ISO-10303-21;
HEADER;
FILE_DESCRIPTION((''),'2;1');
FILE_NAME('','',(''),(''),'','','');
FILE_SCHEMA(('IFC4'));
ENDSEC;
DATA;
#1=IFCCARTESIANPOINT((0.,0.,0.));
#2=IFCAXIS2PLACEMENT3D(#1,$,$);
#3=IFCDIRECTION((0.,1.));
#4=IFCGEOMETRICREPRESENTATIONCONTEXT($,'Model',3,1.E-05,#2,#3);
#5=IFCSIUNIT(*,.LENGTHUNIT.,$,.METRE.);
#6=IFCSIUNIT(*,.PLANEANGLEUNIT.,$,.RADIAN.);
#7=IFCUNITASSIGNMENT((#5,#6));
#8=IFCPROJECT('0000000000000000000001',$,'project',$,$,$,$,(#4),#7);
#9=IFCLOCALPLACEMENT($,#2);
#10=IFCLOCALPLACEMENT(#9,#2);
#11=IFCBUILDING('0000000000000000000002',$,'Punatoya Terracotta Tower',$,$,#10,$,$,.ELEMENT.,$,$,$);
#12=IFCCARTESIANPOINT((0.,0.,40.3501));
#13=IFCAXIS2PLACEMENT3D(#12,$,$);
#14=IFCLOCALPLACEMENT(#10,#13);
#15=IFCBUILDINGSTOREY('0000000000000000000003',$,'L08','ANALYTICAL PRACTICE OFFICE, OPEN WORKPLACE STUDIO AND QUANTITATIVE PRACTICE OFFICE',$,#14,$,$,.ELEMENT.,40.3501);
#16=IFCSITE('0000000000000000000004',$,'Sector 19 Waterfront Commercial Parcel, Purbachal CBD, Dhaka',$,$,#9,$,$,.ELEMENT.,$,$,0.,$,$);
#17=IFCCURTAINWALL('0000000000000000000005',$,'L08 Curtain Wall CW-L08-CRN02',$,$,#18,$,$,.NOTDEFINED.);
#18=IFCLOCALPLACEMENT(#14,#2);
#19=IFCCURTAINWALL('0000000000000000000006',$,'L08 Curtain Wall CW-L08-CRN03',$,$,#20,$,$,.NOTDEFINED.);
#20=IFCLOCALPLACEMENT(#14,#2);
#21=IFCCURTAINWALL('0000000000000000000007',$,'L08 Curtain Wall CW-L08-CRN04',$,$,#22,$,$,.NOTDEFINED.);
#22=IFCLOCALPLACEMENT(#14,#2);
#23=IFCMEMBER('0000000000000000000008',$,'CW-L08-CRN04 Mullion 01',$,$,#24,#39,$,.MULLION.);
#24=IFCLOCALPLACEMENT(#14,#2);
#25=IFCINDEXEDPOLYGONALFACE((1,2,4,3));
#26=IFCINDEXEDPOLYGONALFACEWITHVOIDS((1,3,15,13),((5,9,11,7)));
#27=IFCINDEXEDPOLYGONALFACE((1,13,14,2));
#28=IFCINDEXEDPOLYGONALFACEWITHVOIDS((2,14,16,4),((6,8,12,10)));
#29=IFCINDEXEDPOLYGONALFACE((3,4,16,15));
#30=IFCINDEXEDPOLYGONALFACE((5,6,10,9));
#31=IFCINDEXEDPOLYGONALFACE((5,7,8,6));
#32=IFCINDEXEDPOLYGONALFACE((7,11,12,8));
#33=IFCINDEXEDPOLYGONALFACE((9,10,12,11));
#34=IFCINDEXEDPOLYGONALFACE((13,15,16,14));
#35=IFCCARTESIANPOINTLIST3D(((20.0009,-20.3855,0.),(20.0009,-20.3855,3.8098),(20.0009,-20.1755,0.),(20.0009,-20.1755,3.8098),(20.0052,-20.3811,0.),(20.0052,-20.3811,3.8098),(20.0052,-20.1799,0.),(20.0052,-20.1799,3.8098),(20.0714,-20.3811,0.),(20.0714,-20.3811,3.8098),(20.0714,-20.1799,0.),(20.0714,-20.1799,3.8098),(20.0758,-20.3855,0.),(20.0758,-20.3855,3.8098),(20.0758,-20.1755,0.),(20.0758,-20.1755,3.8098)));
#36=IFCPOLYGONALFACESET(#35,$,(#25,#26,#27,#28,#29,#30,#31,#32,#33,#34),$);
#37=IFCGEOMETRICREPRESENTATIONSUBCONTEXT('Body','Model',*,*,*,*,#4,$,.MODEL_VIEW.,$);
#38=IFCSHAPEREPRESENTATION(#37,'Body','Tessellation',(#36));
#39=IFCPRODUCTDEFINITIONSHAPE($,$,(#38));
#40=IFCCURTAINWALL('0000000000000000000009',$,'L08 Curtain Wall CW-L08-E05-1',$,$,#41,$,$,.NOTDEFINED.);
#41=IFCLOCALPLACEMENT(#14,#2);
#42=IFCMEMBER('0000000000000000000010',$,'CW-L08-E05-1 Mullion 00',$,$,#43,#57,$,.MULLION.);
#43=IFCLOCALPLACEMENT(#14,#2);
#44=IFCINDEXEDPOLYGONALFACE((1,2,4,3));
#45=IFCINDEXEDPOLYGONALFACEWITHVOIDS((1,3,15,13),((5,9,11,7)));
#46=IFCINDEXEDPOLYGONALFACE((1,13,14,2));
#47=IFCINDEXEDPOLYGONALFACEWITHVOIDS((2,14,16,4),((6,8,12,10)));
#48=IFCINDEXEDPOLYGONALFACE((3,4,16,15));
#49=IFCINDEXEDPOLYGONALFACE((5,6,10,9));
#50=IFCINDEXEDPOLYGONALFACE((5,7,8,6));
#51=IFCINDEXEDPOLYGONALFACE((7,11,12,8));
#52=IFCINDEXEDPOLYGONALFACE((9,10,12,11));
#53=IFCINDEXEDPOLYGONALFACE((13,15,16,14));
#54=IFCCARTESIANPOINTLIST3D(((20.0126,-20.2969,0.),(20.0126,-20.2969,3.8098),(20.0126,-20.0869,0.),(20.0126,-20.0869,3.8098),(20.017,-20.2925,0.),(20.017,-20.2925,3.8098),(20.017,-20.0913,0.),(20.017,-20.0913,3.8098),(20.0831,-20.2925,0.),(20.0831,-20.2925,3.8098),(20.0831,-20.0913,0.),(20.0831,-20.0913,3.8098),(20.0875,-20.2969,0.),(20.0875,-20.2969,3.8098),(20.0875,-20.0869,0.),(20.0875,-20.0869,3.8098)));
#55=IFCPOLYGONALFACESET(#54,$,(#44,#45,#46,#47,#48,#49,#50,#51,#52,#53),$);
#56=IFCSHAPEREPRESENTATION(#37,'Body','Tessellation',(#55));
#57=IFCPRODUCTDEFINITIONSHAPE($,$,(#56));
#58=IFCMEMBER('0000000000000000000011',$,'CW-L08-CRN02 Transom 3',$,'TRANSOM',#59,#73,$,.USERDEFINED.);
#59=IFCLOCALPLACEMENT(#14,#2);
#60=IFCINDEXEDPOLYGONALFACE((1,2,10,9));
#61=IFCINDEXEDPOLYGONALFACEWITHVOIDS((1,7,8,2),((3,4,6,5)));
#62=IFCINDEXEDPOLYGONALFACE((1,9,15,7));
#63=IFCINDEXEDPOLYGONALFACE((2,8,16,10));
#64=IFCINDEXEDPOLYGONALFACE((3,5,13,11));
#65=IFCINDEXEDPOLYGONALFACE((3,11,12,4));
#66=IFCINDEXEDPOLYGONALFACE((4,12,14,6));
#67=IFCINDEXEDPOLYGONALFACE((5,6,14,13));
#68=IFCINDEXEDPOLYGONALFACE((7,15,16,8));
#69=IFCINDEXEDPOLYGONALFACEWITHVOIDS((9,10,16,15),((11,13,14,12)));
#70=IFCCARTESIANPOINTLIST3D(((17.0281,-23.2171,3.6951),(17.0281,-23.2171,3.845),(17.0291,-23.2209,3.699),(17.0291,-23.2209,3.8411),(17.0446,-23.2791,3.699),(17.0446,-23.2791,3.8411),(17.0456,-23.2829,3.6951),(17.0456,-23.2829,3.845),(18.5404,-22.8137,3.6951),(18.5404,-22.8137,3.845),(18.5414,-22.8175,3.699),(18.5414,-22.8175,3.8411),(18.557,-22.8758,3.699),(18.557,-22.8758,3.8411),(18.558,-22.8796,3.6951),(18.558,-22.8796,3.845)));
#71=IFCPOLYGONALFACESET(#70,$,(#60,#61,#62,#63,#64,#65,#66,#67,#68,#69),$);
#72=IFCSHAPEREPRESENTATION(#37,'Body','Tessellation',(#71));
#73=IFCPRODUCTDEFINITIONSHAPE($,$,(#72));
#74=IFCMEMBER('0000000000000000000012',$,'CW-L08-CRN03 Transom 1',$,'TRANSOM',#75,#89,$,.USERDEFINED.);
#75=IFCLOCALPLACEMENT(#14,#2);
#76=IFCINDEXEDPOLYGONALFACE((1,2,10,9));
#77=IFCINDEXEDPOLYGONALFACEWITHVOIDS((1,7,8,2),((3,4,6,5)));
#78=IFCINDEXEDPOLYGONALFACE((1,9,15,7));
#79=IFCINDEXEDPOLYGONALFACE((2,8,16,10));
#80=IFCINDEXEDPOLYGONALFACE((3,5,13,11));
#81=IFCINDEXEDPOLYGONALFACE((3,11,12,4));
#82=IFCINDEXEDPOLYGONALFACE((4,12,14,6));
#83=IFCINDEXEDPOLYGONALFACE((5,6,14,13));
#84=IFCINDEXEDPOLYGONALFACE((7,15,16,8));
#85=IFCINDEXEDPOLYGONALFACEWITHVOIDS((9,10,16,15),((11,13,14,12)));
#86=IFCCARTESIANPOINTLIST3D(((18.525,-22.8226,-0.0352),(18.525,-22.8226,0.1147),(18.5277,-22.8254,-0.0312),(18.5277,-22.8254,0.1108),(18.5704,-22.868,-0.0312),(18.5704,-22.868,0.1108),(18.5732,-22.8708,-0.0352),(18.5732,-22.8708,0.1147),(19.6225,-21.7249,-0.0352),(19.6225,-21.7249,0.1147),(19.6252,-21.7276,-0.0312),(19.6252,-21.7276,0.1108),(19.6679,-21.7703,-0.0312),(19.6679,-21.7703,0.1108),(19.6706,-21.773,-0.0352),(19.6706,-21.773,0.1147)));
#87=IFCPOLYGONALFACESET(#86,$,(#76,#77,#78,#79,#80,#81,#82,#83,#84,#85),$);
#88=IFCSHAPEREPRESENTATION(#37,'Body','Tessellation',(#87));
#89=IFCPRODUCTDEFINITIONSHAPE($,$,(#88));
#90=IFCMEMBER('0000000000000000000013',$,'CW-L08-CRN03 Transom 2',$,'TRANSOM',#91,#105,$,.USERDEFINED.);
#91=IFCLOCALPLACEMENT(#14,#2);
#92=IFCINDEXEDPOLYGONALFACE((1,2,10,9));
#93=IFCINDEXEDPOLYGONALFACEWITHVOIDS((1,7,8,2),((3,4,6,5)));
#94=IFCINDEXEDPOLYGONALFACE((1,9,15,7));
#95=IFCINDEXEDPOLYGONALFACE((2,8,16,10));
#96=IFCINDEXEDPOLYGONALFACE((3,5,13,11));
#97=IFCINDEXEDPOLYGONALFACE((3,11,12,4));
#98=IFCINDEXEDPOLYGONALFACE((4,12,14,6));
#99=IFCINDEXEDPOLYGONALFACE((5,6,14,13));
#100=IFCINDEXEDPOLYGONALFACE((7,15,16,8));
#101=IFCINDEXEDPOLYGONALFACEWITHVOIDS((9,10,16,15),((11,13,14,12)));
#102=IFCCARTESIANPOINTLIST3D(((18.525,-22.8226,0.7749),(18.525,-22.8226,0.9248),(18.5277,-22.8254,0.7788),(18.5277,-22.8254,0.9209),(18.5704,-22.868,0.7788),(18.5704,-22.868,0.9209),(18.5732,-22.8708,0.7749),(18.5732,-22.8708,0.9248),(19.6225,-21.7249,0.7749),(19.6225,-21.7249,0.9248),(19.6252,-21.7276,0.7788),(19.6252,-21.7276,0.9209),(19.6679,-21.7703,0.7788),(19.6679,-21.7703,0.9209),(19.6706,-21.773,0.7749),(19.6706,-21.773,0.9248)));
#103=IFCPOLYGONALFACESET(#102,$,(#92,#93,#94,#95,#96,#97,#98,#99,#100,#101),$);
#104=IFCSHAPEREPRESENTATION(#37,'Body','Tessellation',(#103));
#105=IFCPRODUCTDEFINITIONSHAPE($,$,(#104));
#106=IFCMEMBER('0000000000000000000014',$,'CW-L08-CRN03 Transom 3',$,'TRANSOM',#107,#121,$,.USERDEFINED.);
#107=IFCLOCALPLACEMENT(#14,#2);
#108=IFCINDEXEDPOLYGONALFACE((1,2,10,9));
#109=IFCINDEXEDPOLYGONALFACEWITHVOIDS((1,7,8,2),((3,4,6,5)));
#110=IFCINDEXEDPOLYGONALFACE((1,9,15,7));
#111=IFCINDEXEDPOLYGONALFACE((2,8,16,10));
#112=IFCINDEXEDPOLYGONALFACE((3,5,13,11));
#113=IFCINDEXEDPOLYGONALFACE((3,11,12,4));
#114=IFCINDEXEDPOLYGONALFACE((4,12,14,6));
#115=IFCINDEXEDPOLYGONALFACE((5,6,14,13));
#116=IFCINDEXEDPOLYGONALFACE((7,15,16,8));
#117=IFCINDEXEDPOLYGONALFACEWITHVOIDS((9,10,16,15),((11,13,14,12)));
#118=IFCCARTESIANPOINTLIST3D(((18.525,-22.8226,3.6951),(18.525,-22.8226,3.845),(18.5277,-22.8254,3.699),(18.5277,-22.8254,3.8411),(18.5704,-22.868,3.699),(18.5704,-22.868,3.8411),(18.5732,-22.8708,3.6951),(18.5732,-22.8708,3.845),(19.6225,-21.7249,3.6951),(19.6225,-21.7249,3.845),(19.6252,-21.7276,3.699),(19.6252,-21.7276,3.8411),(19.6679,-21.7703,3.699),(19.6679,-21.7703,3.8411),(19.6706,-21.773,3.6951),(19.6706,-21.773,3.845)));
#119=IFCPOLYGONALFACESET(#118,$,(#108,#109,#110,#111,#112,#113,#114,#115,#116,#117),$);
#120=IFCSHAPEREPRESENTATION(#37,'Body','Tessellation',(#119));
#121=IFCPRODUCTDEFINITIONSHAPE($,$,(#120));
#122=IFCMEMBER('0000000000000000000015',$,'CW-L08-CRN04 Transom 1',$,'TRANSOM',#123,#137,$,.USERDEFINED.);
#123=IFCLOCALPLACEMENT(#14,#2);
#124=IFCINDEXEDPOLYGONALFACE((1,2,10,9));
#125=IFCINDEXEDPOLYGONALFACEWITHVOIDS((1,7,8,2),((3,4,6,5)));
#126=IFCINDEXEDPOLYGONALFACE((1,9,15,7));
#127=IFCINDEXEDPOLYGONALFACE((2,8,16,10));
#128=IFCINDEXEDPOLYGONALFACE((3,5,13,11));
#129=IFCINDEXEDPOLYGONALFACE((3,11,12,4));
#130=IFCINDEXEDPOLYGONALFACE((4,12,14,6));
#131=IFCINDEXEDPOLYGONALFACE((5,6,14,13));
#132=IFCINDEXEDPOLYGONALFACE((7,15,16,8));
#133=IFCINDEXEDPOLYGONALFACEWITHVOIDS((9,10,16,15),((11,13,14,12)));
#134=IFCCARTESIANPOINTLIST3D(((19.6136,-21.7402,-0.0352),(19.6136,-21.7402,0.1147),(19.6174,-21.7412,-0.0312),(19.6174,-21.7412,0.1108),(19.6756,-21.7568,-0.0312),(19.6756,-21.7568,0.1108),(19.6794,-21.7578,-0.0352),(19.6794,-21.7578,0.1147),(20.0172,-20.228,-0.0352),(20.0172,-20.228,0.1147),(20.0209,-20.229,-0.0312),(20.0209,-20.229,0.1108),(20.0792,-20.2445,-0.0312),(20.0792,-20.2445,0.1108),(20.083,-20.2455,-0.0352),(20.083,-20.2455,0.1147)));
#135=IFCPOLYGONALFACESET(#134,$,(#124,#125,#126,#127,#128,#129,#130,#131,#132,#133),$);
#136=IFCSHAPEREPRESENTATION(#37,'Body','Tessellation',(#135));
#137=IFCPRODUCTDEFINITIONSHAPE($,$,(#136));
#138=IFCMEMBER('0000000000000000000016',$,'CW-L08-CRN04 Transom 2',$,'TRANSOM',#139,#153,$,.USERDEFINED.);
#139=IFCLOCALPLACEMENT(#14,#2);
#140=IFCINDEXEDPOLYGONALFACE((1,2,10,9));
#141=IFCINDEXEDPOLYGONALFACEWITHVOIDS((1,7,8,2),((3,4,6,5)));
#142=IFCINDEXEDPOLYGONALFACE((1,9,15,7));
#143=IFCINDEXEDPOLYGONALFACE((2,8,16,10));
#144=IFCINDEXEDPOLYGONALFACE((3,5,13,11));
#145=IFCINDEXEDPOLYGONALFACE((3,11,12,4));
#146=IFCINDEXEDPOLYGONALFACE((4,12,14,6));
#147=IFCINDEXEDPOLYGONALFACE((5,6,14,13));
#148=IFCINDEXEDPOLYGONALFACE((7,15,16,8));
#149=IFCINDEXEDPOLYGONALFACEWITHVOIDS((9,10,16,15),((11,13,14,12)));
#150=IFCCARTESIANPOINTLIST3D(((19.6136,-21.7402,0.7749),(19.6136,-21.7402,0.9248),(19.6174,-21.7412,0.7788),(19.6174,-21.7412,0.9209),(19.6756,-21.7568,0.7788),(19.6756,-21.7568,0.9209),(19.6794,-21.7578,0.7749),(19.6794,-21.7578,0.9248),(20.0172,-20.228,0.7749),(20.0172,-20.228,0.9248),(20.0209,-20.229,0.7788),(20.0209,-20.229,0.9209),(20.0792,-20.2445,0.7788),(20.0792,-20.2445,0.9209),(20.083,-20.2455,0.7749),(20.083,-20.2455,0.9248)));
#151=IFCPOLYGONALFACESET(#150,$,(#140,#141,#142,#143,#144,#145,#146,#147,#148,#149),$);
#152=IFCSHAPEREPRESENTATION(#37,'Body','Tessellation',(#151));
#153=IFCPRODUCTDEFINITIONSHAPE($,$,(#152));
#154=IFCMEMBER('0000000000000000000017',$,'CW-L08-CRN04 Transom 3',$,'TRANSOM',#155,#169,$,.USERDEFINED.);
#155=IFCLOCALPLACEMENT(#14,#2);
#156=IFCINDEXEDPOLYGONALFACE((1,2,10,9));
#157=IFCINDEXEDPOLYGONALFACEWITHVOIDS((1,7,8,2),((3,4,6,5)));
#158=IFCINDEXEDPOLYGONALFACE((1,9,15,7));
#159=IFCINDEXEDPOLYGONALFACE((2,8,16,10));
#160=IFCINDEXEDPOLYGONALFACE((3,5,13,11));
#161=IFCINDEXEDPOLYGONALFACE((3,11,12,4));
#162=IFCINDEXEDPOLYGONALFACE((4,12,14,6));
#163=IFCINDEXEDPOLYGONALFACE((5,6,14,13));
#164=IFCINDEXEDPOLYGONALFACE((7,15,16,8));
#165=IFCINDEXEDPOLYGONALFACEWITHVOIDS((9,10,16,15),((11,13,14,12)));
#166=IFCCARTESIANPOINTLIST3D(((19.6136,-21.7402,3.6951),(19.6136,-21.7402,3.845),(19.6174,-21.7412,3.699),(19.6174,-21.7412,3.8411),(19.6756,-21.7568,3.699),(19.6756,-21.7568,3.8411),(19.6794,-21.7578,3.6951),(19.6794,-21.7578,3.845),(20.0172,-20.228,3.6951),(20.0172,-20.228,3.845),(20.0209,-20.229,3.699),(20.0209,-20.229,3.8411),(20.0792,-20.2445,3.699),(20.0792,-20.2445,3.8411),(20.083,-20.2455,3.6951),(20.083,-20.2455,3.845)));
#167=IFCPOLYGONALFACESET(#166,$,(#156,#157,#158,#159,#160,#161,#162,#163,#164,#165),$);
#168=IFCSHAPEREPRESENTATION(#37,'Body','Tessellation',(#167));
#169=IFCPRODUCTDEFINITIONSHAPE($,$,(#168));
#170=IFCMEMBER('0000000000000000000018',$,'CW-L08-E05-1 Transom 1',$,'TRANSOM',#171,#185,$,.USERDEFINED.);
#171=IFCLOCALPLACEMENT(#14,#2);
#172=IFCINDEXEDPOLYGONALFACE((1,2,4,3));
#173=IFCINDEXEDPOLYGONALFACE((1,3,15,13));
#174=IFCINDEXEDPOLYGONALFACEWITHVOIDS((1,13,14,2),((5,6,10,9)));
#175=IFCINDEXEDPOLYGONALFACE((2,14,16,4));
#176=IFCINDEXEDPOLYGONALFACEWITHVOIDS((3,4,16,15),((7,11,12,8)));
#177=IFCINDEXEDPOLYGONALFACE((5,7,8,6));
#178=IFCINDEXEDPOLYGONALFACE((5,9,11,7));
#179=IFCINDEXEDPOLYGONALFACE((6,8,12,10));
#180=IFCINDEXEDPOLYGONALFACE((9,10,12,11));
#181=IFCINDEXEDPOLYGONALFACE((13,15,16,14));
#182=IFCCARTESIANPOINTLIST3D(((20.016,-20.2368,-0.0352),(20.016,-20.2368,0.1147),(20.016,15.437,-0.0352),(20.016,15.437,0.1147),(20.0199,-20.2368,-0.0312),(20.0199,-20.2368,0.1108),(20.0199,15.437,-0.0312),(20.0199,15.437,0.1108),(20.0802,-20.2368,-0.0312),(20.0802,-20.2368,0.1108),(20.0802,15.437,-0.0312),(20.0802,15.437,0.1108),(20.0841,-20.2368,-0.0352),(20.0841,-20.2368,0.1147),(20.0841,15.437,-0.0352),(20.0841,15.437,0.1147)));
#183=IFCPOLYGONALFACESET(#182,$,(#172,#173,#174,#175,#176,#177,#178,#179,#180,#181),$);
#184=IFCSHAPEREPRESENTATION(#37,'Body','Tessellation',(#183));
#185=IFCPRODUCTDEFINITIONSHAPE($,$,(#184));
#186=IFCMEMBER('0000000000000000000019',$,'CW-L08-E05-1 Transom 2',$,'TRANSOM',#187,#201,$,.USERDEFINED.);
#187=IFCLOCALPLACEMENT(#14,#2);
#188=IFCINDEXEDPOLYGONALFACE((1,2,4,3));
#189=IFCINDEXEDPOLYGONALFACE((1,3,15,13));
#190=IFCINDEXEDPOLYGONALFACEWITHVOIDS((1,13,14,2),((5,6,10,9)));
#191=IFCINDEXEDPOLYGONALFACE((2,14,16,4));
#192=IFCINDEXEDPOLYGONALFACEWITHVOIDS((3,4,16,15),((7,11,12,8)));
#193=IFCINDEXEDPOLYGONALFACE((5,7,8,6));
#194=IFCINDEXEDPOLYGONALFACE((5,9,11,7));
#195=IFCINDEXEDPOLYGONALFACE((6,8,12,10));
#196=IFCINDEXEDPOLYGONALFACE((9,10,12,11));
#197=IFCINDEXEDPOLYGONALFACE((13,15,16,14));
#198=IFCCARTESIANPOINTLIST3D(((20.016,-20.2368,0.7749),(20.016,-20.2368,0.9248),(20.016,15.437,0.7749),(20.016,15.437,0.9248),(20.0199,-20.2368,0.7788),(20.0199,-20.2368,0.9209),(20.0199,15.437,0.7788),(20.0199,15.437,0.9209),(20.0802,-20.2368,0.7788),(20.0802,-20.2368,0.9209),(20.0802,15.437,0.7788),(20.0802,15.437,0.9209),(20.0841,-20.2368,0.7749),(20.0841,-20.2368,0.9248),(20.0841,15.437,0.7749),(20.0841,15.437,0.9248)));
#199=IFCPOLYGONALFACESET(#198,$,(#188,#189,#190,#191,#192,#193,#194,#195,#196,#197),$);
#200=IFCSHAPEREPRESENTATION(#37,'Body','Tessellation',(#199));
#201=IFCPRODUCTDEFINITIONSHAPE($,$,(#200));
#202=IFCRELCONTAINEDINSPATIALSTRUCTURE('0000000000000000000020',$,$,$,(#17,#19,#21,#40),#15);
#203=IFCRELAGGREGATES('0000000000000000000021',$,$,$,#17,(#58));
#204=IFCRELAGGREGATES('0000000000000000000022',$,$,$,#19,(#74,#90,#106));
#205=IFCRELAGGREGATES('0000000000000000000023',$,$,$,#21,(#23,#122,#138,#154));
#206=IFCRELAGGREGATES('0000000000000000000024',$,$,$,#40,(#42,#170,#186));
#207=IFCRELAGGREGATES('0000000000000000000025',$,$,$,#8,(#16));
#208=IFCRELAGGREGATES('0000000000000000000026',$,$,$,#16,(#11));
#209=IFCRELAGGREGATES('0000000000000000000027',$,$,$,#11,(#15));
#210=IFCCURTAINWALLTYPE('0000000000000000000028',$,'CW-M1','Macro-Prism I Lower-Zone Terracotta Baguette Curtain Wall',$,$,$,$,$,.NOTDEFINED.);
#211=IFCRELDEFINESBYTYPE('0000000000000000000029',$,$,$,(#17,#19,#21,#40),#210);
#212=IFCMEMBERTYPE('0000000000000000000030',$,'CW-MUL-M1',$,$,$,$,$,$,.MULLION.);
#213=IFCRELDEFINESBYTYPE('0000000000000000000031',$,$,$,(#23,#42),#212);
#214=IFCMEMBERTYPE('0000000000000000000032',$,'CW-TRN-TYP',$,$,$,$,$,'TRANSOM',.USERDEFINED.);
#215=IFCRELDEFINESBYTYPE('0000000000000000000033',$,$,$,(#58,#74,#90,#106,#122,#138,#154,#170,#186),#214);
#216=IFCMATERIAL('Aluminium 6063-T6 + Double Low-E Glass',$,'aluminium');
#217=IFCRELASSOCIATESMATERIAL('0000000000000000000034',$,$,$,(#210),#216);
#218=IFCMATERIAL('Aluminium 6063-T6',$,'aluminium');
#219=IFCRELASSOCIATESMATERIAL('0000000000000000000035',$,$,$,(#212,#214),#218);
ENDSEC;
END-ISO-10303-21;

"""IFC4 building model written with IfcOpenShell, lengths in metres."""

from ifc_helpers import new_model, si_unit, direction, frame, origin, origin_2d, place, context, subcontext, project, spatial, hollow_rectangle, extrude, material, material_profile, profile_set, type_object, element, aggregate, save


model = new_model("IFC4")

# Units and contexts
model_context = context("Model", 3, precision=1e-05, world=origin(), true_north=direction((0.0, 1.0)))
body_context = subcontext(model_context, "Body", "Model", "MODEL_VIEW")
ifc_project = project(units=[si_unit("LENGTHUNIT", "METRE"), si_unit("PLANEANGLEUNIT", "RADIAN")], contexts=[model_context])

# Site, building, storey
site_placement = place(None, origin())
site = spatial("IfcSite", under=ifc_project, at=site_placement, Name="Sector 19 Waterfront Commercial Parcel, Purbachal CBD, Dhaka", CompositionType="ELEMENT", RefElevation=0.0)
building_placement = place(site_placement, origin())
building = spatial("IfcBuilding", under=site, at=building_placement, Name="Punatoya Terracotta Tower", CompositionType="ELEMENT")
storey_placement = place(building_placement, frame((0.0, 0.0, 40.3501)))
storey = spatial("IfcBuildingStorey", under=building, at=storey_placement, Name="L08", Description="ANALYTICAL PRACTICE OFFICE, OPEN WORKPLACE STUDIO AND QUANTITATIVE PRACTICE OFFICE", CompositionType="ELEMENT", Elevation=40.3501)

# Curtain walls, member
ifc_material_1 = material(Name="Aluminium 6063-T6 + Double Low-E Glass", Category="aluminium")
curtain_wall_type = type_object("IfcCurtainWallType", Name="CW-M1", Description="Macro-Prism I Lower-Zone Terracotta Baguette Curtain Wall", PredefinedType="NOTDEFINED", material=ifc_material_1)
curtain_wall_1_placement = place(storey_placement, origin())
curtain_wall_1 = element("IfcCurtainWall", 1, at=curtain_wall_1_placement, inside=storey, type_object=curtain_wall_type, Name="L08 Curtain Wall CW-L08-CRN02", PredefinedType="NOTDEFINED")
ifc_material_2 = material(Name="Aluminium 6063-T6", Category="aluminium")
ifc_material_profile_1 = material_profile(ifc_material_2, hollow_rectangle(XDim=0.075, YDim=0.21, WallThickness=0.0044, at=origin_2d()))
ifc_profile_set_1 = profile_set([ifc_material_profile_1], Name="Aluminium 6063-T6")
member_type_1 = type_object("IfcMemberType", Name="CW-MUL-M1", PredefinedType="MULLION", material=ifc_profile_set_1)
curtain_wall_2_placement = place(storey_placement, origin())
curtain_wall_2 = element("IfcCurtainWall", 2, at=curtain_wall_2_placement, inside=storey, type_object=curtain_wall_type, Name="L08 Curtain Wall CW-L08-CRN03", PredefinedType="NOTDEFINED")
curtain_wall_3_placement = place(storey_placement, origin())
curtain_wall_3 = element("IfcCurtainWall", 3, at=curtain_wall_3_placement, inside=storey, type_object=curtain_wall_type, Name="L08 Curtain Wall CW-L08-CRN04", PredefinedType="NOTDEFINED")
member_1_placement = place(storey_placement, frame((20.0383, -20.2805, 0.0), z_axis=(0.0, 0.0, 1.0), x_axis=(1.0, 0.0, 0.0)))
member_1 = element("IfcMember", 4, at=member_1_placement, type_object=member_type_1, Name="CW-L08-CRN04 Mullion 01", PredefinedType="MULLION", context=body_context, shape_type="SweptSolid", body=[
    extrude(hollow_rectangle(XDim=0.075, YDim=0.21, WallThickness=0.0044, at=origin_2d()), origin(), (0.0, 0.0, 1.0), 3.8098),
])

# Curtain wall, member
curtain_wall_4_placement = place(storey_placement, origin())
curtain_wall_4 = element("IfcCurtainWall", 5, at=curtain_wall_4_placement, inside=storey, type_object=curtain_wall_type, Name="L08 Curtain Wall CW-L08-E05-1", PredefinedType="NOTDEFINED")
member_2_placement = place(storey_placement, frame((20.05, -20.1919, 0.0), z_axis=(0.0, 0.0, 1.0), x_axis=(1.0, 0.0, 0.0)))
member_2 = element("IfcMember", 6, at=member_2_placement, type_object=member_type_1, Name="CW-L08-E05-1 Mullion 00", PredefinedType="MULLION", context=body_context, shape_type="SweptSolid", body=[
    extrude(hollow_rectangle(XDim=0.075, YDim=0.21, WallThickness=0.0044, at=origin_2d()), origin(), (0.0, 0.0, 1.0), 3.8098),
])

# Members
ifc_material_profile_2 = material_profile(ifc_material_2, hollow_rectangle(XDim=0.0681, YDim=0.1499, WallThickness=0.0039, at=origin_2d()))
ifc_profile_set_2 = profile_set([ifc_material_profile_2], Name="Aluminium 6063-T6")
member_type_2 = type_object("IfcMemberType", Name="CW-TRN-TYP", ElementType="TRANSOM", PredefinedType="USERDEFINED", material=ifc_profile_set_2)
member_3_placement = place(storey_placement, frame((17.0369, -23.25, 3.77), z_axis=(0.966225, 0.257701, 0.0), x_axis=(-0.257701, 0.966225, 0.0)))
member_3 = element("IfcMember", 7, at=member_3_placement, type_object=member_type_2, Name="CW-L08-CRN02 Transom 3", ObjectType="TRANSOM", PredefinedType="USERDEFINED", context=body_context, shape_type="SweptSolid", body=[
    extrude(hollow_rectangle(XDim=0.0681, YDim=0.1499, WallThickness=0.0039, at=origin_2d()), origin(), (0.0, 0.0, 1.0), 1.5652),
])
member_4_placement = place(storey_placement, frame((18.5491, -22.8467, 0.0398), z_axis=(0.707028, 0.707185, 0.0), x_axis=(-0.707185, 0.707028, 0.0)))
member_4 = element("IfcMember", 8, at=member_4_placement, type_object=member_type_2, Name="CW-L08-CRN03 Transom 1", ObjectType="TRANSOM", PredefinedType="USERDEFINED", context=body_context, shape_type="SweptSolid", body=[
    extrude(hollow_rectangle(XDim=0.0681, YDim=0.1499, WallThickness=0.0039, at=origin_2d()), origin(), (0.0, 0.0, 1.0), 1.5522),
])
member_5_placement = place(storey_placement, frame((18.5491, -22.8467, 0.8499), z_axis=(0.707028, 0.707185, 0.0), x_axis=(-0.707185, 0.707028, 0.0)))
member_5 = element("IfcMember", 9, at=member_5_placement, type_object=member_type_2, Name="CW-L08-CRN03 Transom 2", ObjectType="TRANSOM", PredefinedType="USERDEFINED", context=body_context, shape_type="SweptSolid", body=[
    extrude(hollow_rectangle(XDim=0.0681, YDim=0.1499, WallThickness=0.0039, at=origin_2d()), origin(), (0.0, 0.0, 1.0), 1.5522),
])
member_6_placement = place(storey_placement, frame((18.5491, -22.8467, 3.77), z_axis=(0.707028, 0.707185, 0.0), x_axis=(-0.707185, 0.707028, 0.0)))
member_6 = element("IfcMember", 10, at=member_6_placement, type_object=member_type_2, Name="CW-L08-CRN03 Transom 3", ObjectType="TRANSOM", PredefinedType="USERDEFINED", context=body_context, shape_type="SweptSolid", body=[
    extrude(hollow_rectangle(XDim=0.0681, YDim=0.1499, WallThickness=0.0039, at=origin_2d()), origin(), (0.0, 0.0, 1.0), 1.5522),
])
member_7_placement = place(storey_placement, frame((19.6465, -21.749, 0.0398), z_axis=(0.257847, 0.966186, 0.0), x_axis=(-0.966186, 0.257847, 0.0)))
member_7 = element("IfcMember", 11, at=member_7_placement, type_object=member_type_2, Name="CW-L08-CRN04 Transom 1", ObjectType="TRANSOM", PredefinedType="USERDEFINED", context=body_context, shape_type="SweptSolid", body=[
    extrude(hollow_rectangle(XDim=0.0681, YDim=0.1499, WallThickness=0.0039, at=origin_2d()), origin(), (0.0, 0.0, 1.0), 1.5652),
])
member_8_placement = place(storey_placement, frame((19.6465, -21.749, 0.8499), z_axis=(0.257847, 0.966186, 0.0), x_axis=(-0.966186, 0.257847, 0.0)))
member_8 = element("IfcMember", 12, at=member_8_placement, type_object=member_type_2, Name="CW-L08-CRN04 Transom 2", ObjectType="TRANSOM", PredefinedType="USERDEFINED", context=body_context, shape_type="SweptSolid", body=[
    extrude(hollow_rectangle(XDim=0.0681, YDim=0.1499, WallThickness=0.0039, at=origin_2d()), origin(), (0.0, 0.0, 1.0), 1.5652),
])
member_9_placement = place(storey_placement, frame((19.6465, -21.749, 3.77), z_axis=(0.257847, 0.966186, 0.0), x_axis=(-0.966186, 0.257847, 0.0)))
member_9 = element("IfcMember", 13, at=member_9_placement, type_object=member_type_2, Name="CW-L08-CRN04 Transom 3", ObjectType="TRANSOM", PredefinedType="USERDEFINED", context=body_context, shape_type="SweptSolid", body=[
    extrude(hollow_rectangle(XDim=0.0681, YDim=0.1499, WallThickness=0.0039, at=origin_2d()), origin(), (0.0, 0.0, 1.0), 1.5652),
])
member_10_placement = place(storey_placement, frame((20.05, -20.2368, 0.0398), z_axis=(0.0, 1.0, 0.0), x_axis=(-1.0, 0.0, 0.0)))
member_10 = element("IfcMember", 14, at=member_10_placement, type_object=member_type_2, Name="CW-L08-E05-1 Transom 1", ObjectType="TRANSOM", PredefinedType="USERDEFINED", context=body_context, shape_type="SweptSolid", body=[
    extrude(hollow_rectangle(XDim=0.0681, YDim=0.1499, WallThickness=0.0039, at=origin_2d()), origin(), (0.0, 0.0, 1.0), 35.6738),
])
member_11_placement = place(storey_placement, frame((20.05, -20.2368, 0.8499), z_axis=(0.0, 1.0, 0.0), x_axis=(-1.0, 0.0, 0.0)))
member_11 = element("IfcMember", 15, at=member_11_placement, type_object=member_type_2, Name="CW-L08-E05-1 Transom 2", ObjectType="TRANSOM", PredefinedType="USERDEFINED", context=body_context, shape_type="SweptSolid", body=[
    extrude(hollow_rectangle(XDim=0.0681, YDim=0.1499, WallThickness=0.0039, at=origin_2d()), origin(), (0.0, 0.0, 1.0), 35.6738),
])

aggregate(curtain_wall_1, [member_3])
aggregate(curtain_wall_2, [member_4, member_5, member_6])
aggregate(curtain_wall_3, [member_1, member_7, member_8, member_9])
aggregate(curtain_wall_4, [member_2, member_10, member_11])

save(model, "model.ifc")
